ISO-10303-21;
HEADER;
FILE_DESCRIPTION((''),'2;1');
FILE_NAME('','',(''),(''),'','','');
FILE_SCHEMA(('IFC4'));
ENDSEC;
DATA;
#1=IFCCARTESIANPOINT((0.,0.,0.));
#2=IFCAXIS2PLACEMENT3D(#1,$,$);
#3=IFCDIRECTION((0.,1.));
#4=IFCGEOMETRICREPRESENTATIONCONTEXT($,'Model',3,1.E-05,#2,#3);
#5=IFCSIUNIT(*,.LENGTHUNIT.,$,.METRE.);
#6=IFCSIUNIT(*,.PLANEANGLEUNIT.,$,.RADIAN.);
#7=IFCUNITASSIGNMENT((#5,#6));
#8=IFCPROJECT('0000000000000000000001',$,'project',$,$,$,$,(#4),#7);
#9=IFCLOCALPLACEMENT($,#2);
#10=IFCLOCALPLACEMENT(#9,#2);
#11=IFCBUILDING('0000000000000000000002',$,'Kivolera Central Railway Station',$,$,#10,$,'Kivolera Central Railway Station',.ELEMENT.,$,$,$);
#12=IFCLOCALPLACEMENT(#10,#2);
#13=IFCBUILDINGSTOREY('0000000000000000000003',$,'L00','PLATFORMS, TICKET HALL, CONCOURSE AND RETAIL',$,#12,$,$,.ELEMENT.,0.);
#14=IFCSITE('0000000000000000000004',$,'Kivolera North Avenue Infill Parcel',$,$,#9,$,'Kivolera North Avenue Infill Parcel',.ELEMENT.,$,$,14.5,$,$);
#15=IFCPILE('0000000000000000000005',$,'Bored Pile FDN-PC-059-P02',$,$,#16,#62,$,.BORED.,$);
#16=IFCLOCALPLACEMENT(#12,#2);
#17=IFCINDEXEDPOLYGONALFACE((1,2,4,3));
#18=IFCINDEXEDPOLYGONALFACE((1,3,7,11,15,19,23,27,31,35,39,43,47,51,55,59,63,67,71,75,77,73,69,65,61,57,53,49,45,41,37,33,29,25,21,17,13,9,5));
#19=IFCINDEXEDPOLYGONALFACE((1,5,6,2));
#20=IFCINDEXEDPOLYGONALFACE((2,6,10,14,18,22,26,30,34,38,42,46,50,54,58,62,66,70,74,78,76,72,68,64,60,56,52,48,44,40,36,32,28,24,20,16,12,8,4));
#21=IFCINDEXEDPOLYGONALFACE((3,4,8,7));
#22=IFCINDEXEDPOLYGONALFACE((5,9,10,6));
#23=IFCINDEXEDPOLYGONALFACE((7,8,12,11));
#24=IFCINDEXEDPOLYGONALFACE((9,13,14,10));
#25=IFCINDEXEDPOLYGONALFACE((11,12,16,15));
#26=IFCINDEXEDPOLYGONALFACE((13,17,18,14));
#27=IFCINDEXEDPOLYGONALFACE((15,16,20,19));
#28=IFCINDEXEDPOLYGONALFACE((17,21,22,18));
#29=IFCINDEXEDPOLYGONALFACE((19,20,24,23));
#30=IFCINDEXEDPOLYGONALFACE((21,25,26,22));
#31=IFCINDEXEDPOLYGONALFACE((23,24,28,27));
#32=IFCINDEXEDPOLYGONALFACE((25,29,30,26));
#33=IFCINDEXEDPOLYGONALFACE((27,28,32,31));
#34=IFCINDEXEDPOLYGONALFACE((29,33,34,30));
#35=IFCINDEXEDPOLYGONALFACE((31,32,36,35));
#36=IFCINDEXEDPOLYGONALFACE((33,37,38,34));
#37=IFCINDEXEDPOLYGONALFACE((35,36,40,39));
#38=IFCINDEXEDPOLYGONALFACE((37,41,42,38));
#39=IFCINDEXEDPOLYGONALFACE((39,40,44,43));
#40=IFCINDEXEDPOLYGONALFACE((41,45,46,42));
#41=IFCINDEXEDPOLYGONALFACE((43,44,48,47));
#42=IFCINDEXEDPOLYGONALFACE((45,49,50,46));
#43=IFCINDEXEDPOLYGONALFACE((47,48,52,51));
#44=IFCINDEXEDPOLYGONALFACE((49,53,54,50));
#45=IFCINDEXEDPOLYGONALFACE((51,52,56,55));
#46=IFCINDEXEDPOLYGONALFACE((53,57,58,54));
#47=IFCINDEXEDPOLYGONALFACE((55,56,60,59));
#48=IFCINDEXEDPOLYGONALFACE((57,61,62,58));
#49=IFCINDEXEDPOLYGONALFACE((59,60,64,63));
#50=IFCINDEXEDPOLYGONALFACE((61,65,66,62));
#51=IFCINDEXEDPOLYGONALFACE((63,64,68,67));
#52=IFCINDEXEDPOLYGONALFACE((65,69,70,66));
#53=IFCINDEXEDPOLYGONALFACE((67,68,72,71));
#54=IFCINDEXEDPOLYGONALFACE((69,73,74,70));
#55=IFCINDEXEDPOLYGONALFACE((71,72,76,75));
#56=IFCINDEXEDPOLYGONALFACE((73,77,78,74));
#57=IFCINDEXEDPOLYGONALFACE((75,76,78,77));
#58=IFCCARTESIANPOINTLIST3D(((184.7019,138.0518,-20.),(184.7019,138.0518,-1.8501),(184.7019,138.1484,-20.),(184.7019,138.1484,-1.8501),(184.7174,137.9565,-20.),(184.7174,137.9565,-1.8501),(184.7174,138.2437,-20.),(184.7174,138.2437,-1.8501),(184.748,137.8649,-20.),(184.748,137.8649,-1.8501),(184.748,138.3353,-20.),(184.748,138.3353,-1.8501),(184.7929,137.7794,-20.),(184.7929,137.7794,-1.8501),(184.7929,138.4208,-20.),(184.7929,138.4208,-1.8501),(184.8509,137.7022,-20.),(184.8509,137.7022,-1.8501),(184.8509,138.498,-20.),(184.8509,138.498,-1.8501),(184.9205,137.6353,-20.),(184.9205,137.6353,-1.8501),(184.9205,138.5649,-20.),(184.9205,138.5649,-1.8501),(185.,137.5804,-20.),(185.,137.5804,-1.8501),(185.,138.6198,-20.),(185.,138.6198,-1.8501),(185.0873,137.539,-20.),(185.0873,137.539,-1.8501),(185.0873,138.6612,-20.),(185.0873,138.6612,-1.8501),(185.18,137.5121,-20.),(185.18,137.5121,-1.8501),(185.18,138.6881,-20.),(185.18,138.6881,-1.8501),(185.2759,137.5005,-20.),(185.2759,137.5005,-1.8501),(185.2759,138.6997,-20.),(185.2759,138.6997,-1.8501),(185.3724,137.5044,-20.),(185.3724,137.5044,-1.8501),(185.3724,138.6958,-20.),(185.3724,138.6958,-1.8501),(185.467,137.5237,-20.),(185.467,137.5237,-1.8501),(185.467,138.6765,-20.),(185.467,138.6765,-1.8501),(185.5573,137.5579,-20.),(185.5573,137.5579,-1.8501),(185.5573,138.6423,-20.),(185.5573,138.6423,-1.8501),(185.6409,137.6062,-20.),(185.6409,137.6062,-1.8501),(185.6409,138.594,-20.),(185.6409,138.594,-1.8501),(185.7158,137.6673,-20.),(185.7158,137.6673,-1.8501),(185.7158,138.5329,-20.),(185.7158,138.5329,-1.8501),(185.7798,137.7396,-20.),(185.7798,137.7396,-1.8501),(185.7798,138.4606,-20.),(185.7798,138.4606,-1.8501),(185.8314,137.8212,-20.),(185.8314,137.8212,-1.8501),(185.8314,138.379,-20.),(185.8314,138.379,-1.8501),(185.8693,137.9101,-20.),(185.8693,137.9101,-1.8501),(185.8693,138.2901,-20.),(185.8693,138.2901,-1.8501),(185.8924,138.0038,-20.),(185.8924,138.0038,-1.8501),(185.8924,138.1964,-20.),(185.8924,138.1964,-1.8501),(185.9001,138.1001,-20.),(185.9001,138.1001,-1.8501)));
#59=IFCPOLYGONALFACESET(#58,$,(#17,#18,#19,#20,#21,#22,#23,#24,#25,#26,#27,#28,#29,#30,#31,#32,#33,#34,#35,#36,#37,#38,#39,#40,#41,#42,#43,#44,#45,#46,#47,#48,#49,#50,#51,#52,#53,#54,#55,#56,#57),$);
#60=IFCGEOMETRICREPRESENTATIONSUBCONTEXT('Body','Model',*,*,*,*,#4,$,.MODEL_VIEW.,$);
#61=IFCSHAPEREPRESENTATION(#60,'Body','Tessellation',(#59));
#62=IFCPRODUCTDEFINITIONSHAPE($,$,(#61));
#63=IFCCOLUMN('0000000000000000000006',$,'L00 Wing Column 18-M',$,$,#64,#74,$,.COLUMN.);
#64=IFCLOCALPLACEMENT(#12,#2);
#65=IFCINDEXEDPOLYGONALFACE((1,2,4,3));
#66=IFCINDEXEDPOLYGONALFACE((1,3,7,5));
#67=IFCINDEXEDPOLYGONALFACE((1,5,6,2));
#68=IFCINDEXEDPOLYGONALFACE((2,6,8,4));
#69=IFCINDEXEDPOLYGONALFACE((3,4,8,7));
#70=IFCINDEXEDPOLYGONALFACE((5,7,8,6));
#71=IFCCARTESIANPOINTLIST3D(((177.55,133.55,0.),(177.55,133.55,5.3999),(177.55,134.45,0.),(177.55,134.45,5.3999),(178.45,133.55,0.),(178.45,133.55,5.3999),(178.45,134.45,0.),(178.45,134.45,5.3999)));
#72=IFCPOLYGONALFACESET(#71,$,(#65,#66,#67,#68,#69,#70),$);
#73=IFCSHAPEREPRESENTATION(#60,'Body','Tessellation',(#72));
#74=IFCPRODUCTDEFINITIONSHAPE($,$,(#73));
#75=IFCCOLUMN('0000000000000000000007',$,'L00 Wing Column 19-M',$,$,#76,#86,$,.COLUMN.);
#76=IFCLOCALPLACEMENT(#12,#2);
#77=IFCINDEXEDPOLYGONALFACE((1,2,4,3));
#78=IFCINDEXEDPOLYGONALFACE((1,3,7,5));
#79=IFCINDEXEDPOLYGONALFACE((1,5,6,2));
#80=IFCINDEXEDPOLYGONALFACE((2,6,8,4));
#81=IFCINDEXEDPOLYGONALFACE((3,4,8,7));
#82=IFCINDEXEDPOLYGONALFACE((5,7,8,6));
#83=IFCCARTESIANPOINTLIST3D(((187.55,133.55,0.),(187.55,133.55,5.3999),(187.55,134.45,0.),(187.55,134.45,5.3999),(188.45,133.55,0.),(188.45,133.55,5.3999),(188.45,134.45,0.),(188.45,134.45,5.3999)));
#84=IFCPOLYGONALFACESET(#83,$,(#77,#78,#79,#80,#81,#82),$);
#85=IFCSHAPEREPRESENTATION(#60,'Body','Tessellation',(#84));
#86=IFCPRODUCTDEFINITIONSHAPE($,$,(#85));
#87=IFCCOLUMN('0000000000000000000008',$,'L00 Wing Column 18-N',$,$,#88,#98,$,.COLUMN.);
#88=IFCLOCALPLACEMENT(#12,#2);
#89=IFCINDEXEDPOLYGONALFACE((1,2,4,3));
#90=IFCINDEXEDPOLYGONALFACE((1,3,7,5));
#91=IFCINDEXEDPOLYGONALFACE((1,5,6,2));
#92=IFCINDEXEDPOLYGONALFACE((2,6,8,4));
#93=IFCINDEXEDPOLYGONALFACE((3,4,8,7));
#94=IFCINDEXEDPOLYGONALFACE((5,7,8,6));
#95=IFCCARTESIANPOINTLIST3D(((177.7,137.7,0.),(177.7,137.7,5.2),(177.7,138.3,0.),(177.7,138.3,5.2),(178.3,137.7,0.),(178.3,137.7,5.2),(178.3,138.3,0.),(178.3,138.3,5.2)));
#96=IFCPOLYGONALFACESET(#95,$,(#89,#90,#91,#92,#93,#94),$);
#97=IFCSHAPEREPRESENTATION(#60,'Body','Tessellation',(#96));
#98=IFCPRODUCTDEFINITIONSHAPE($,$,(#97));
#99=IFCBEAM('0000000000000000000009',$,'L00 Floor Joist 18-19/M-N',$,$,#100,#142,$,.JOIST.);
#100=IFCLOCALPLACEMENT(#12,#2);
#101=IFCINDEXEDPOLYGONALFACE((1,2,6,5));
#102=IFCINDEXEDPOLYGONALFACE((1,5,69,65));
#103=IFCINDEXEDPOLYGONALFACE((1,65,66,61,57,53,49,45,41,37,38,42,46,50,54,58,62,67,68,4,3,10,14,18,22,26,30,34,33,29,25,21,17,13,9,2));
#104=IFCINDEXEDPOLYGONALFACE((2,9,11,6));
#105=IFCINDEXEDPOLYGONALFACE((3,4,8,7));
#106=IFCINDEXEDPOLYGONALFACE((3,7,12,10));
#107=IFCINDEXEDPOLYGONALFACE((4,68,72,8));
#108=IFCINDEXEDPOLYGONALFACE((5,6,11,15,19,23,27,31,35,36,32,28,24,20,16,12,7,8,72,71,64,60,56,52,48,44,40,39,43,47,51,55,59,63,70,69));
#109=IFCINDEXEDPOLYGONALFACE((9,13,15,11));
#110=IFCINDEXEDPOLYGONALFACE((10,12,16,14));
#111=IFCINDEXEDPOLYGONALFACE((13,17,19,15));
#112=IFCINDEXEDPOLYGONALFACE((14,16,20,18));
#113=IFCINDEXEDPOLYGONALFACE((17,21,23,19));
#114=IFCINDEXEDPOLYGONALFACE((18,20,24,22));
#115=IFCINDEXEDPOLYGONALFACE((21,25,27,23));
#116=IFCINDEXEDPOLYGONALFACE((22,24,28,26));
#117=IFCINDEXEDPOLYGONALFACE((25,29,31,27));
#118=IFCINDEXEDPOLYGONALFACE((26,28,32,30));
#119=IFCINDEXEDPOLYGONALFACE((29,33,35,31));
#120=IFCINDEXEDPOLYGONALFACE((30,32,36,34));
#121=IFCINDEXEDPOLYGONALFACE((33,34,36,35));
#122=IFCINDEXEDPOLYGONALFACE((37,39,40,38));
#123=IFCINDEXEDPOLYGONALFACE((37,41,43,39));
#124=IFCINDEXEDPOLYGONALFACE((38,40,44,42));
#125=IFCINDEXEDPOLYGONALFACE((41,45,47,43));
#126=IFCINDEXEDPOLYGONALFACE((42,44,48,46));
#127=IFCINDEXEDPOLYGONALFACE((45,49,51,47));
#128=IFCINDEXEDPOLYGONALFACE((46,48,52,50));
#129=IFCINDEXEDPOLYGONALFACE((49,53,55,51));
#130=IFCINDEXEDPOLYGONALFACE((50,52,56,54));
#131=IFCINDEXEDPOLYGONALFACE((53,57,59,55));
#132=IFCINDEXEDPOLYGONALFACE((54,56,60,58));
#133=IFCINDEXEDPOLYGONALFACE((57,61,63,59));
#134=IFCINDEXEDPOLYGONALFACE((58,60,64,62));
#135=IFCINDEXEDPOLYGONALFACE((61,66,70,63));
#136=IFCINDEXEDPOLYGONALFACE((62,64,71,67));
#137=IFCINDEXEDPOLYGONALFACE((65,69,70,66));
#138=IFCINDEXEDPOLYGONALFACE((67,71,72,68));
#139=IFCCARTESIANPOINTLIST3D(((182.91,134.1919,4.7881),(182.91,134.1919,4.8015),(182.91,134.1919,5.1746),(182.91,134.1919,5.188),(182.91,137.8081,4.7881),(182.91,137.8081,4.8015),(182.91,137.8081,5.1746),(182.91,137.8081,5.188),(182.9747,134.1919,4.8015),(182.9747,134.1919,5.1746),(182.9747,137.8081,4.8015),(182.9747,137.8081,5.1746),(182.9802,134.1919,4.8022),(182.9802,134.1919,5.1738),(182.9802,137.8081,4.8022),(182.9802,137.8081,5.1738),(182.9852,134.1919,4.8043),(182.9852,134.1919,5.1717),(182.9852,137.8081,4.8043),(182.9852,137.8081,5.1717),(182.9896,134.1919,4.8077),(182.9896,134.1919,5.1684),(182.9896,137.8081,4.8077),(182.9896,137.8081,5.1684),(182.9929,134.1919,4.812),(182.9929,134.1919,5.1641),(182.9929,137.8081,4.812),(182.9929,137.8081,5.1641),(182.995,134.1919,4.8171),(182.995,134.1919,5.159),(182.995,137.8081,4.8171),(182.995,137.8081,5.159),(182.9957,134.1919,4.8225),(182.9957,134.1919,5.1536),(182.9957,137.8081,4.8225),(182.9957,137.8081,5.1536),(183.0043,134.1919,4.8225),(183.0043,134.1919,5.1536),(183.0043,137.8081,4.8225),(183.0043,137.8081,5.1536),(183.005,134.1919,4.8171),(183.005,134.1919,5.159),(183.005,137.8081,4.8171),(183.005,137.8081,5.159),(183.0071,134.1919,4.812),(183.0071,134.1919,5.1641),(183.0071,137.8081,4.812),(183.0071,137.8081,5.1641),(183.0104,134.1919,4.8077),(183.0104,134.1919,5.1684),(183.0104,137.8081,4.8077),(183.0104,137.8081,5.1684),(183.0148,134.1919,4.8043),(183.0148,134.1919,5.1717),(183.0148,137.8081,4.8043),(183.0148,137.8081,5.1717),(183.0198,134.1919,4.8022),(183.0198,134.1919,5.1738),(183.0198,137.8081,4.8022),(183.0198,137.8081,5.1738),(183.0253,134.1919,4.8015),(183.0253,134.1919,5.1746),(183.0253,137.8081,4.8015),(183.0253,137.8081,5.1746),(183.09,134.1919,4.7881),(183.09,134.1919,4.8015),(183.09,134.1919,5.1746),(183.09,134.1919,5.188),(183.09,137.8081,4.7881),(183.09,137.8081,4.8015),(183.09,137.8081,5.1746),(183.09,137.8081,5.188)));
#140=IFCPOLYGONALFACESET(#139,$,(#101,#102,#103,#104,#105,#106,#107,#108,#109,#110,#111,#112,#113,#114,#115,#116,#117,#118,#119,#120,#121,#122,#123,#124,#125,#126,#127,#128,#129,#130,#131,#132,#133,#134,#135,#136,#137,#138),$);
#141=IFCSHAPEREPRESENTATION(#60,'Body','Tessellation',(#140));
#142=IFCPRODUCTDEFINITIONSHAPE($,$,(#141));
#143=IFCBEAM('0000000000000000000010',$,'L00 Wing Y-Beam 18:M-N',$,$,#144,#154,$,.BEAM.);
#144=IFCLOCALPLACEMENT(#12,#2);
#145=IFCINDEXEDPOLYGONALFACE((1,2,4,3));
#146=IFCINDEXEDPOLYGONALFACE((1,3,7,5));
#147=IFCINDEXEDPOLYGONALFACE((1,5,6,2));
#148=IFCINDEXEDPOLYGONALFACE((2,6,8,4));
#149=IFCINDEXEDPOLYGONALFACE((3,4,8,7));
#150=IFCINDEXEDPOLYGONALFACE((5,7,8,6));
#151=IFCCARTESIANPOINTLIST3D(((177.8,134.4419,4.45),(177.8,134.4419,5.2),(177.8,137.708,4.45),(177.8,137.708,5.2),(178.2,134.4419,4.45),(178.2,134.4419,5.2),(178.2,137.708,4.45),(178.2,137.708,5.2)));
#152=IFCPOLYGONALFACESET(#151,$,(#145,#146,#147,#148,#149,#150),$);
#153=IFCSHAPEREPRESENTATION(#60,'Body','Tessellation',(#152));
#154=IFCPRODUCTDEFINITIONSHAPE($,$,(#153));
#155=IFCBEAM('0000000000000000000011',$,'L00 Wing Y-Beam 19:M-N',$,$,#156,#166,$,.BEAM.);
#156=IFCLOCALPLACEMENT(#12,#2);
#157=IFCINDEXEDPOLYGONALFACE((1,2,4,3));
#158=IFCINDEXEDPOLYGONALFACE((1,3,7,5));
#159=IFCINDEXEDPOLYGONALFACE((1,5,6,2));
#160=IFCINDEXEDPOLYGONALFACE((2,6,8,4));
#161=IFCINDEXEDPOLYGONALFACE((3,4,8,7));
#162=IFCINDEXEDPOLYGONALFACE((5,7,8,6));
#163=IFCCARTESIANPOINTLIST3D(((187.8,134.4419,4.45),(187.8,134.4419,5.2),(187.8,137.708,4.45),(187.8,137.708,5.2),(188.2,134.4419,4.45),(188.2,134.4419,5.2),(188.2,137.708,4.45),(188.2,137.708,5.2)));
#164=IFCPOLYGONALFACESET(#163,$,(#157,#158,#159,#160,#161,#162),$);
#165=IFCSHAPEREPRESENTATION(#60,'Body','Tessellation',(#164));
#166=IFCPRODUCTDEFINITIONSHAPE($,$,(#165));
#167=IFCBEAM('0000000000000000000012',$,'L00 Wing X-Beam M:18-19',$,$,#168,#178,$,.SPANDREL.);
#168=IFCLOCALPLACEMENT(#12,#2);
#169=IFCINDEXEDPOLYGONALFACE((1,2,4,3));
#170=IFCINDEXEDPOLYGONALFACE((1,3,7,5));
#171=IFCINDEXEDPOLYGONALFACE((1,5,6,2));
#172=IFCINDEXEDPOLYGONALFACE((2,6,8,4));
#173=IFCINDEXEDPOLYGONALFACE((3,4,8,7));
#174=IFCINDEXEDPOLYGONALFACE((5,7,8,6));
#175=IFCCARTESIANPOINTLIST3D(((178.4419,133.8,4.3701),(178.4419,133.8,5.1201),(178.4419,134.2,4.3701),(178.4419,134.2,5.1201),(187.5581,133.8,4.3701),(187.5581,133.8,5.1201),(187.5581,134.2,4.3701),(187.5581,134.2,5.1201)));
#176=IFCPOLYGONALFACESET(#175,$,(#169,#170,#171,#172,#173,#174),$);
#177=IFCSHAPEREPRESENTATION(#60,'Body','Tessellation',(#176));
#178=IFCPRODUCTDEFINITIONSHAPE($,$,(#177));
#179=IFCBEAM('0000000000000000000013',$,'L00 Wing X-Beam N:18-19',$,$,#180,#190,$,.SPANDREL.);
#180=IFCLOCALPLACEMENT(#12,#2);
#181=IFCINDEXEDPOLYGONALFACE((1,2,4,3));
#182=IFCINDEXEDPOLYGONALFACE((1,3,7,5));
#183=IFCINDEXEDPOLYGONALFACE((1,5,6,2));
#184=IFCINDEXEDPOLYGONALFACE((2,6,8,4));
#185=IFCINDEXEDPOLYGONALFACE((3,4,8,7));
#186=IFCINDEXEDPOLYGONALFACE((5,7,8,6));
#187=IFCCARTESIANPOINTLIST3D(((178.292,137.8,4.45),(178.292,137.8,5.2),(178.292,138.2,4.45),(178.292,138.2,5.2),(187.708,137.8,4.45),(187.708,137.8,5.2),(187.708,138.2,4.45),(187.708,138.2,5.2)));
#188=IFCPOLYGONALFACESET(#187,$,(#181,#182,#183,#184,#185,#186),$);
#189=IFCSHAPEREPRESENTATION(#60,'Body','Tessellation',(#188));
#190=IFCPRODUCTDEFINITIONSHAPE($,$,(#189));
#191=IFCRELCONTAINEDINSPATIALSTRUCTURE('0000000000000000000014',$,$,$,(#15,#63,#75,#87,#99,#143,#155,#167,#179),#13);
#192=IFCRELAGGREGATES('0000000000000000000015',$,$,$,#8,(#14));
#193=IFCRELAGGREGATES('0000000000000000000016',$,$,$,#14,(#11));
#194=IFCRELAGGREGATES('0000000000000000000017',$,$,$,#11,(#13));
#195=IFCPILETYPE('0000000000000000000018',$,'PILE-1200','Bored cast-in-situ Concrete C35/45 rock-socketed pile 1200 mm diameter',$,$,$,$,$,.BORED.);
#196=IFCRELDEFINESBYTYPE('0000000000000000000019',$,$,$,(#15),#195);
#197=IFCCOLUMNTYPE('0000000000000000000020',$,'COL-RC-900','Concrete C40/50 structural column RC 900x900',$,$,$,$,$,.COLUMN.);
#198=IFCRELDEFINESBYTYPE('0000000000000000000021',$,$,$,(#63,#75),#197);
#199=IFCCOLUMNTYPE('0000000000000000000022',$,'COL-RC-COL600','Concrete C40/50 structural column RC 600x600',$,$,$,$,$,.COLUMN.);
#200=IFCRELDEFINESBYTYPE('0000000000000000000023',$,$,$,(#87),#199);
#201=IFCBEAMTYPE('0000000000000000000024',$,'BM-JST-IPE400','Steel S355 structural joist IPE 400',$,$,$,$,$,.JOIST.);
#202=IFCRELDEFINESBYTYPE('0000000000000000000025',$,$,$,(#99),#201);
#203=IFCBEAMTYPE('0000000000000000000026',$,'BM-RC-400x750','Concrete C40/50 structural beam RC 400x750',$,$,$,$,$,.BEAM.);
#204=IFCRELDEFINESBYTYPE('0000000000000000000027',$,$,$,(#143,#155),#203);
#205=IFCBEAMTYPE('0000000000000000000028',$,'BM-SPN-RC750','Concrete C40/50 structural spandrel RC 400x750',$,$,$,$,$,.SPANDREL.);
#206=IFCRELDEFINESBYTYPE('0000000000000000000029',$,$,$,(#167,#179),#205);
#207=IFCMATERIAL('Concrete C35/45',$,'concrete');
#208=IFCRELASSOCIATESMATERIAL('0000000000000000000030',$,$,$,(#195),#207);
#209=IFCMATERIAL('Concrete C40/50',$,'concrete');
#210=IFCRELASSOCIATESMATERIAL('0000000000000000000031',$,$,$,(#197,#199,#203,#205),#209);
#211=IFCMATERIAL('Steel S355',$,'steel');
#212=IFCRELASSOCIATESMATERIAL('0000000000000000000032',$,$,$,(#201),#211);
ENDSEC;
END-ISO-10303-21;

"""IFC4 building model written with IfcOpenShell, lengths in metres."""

from ifc_helpers import new_model, si_unit, direction, frame, origin, origin_2d, place, context, subcontext, project, spatial, rectangle, circle, i_section, extrude, material, material_profile, profile_set, type_object, element, save


model = new_model("IFC4")

# Units and contexts
model_context = context("Model", 3, precision=1e-05, world=origin(), true_north=direction((0.0, 1.0)))
body_context = subcontext(model_context, "Body", "Model", "MODEL_VIEW")
ifc_project = project(units=[si_unit("LENGTHUNIT", "METRE"), si_unit("PLANEANGLEUNIT", "RADIAN")], contexts=[model_context])

# Site, building, storey
site_placement = place(None, origin())
site = spatial("IfcSite", under=ifc_project, at=site_placement, Name="Kivolera North Avenue Infill Parcel", LongName="Kivolera North Avenue Infill Parcel", CompositionType="ELEMENT", RefElevation=14.5)
building_placement = place(site_placement, origin())
building = spatial("IfcBuilding", under=site, at=building_placement, Name="Kivolera Central Railway Station", LongName="Kivolera Central Railway Station", CompositionType="ELEMENT")
storey_placement = place(building_placement, origin())
storey = spatial("IfcBuildingStorey", under=building, at=storey_placement, Name="L00", Description="PLATFORMS, TICKET HALL, CONCOURSE AND RETAIL", CompositionType="ELEMENT", Elevation=0.0)

# Shared definitions
ifc_material_1 = material(Name="Concrete C35/45", Category="concrete")

# Pile
ifc_material_profile_1 = material_profile(ifc_material_1, circle(Radius=0.6001, at=origin_2d()), Name="PILE D1200")
ifc_profile_set_1 = profile_set([ifc_material_profile_1], Name="Concrete C35/45")
pile_type = type_object("IfcPileType", Name="PILE-1200", Description="Bored cast-in-situ Concrete C35/45 rock-socketed pile 1200 mm diameter", PredefinedType="BORED", material=ifc_profile_set_1)
for number, where, z_axis, x_axis, name in (
    (1, (185.3, 138.1001, -1.8501), (0.0, 0.0, -1.0), (1.0, 0.0, 0.0), "Bored Pile FDN-PC-059-P02"),
):
    element("IfcPile", number, at=place(storey_placement, frame(where, z_axis=z_axis, x_axis=x_axis)), inside=storey, type_object=pile_type, Name=name, PredefinedType="BORED", context=body_context, shape_type="SweptSolid", body=[
        extrude(circle(Radius=0.6001, at=origin_2d()), origin(), (0.0, 0.0, 1.0), 18.1499),
    ])

# Columns
ifc_material_2 = material(Name="Concrete C40/50", Category="concrete")
ifc_material_profile_2 = material_profile(ifc_material_2, rectangle(XDim=0.8999, YDim=0.8999, at=origin_2d()), Name="RC 900x900")
ifc_profile_set_2 = profile_set([ifc_material_profile_2], Name="Concrete C40/50")
column_type_1 = type_object("IfcColumnType", Name="COL-RC-900", Description="Concrete C40/50 structural column RC 900x900", PredefinedType="COLUMN", material=ifc_profile_set_2)
for number, where, z_axis, x_axis, name in (
    (2, (178.0, 134.0, 0.0), (0.0, 0.0, 1.0), (1.0, 0.0, 0.0), "L00 Wing Column 18-M"),
    (3, (188.0, 134.0, 0.0), (0.0, 0.0, 1.0), (1.0, 0.0, 0.0), "L00 Wing Column 19-M"),
):
    element("IfcColumn", number, at=place(storey_placement, frame(where, z_axis=z_axis, x_axis=x_axis)), inside=storey, type_object=column_type_1, Name=name, PredefinedType="COLUMN", context=body_context, shape_type="SweptSolid", body=[
        extrude(rectangle(XDim=0.8999, YDim=0.8999, at=origin_2d()), origin(), (0.0, 0.0, 1.0), 5.3999),
    ])
ifc_material_profile_3 = material_profile(ifc_material_2, rectangle(XDim=0.6001, YDim=0.6001, at=origin_2d()), Name="RC 600x600")
ifc_profile_set_3 = profile_set([ifc_material_profile_3], Name="Concrete C40/50")
column_type_2 = type_object("IfcColumnType", Name="COL-RC-COL600", Description="Concrete C40/50 structural column RC 600x600", PredefinedType="COLUMN", material=ifc_profile_set_3)
column_placement = place(storey_placement, frame((178.0, 138.0, 0.0), z_axis=(0.0, 0.0, 1.0), x_axis=(1.0, 0.0, 0.0)))
element("IfcColumn", 4, at=column_placement, inside=storey, type_object=column_type_2, Name="L00 Wing Column 18-N", PredefinedType="COLUMN", context=body_context, shape_type="SweptSolid", body=[
    extrude(rectangle(XDim=0.6001, YDim=0.6001, at=origin_2d()), origin(), (0.0, 0.0, 1.0), 5.2),
])

# Beams
ifc_material_3 = material(Name="Steel S355", Category="steel")
ifc_material_profile_4 = material_profile(ifc_material_3, i_section(OverallWidth=0.1799, OverallDepth=0.3999, WebThickness=0.0085, FlangeThickness=0.0134, FilletRadius=0.021, at=origin_2d()), Name="IPE 400")
ifc_profile_set_4 = profile_set([ifc_material_profile_4], Name="Steel S355")
beam_type_1 = type_object("IfcBeamType", Name="BM-JST-IPE400", Description="Steel S355 structural joist IPE 400", PredefinedType="JOIST", material=ifc_profile_set_4)
beam_1_placement = place(storey_placement, frame((183.0, 134.1919, 4.988), z_axis=(0.0, 1.0, 0.0), x_axis=(-1.0, 0.0, 0.0)))
element("IfcBeam", 5, at=beam_1_placement, inside=storey, type_object=beam_type_1, Name="L00 Floor Joist 18-19/M-N", PredefinedType="JOIST", context=body_context, shape_type="SweptSolid", body=[
    extrude(i_section(OverallWidth=0.1799, OverallDepth=0.3999, WebThickness=0.0085, FlangeThickness=0.0134, FilletRadius=0.021, at=origin_2d()), origin(), (0.0, 0.0, 1.0), 3.6162),
])
ifc_material_profile_5 = material_profile(ifc_material_2, rectangle(XDim=0.3999, YDim=0.75, at=origin_2d()), Name="RC 400x750")
ifc_profile_set_5 = profile_set([ifc_material_profile_5], Name="Concrete C40/50")
beam_type_2 = type_object("IfcBeamType", Name="BM-RC-400x750", Description="Concrete C40/50 structural beam RC 400x750", PredefinedType="BEAM", material=ifc_profile_set_5)
for number, where, z_axis, x_axis, name in (
    (6, (178.0, 134.4419, 4.825), (0.0, 1.0, 0.0), (-1.0, 0.0, 0.0), "L00 Wing Y-Beam 18:M-N"),
    (7, (188.0, 134.4419, 4.825), (0.0, 1.0, 0.0), (-1.0, 0.0, 0.0), "L00 Wing Y-Beam 19:M-N"),
):
    element("IfcBeam", number, at=place(storey_placement, frame(where, z_axis=z_axis, x_axis=x_axis)), inside=storey, type_object=beam_type_2, Name=name, PredefinedType="BEAM", context=body_context, shape_type="SweptSolid", body=[
        extrude(rectangle(XDim=0.3999, YDim=0.75, at=origin_2d()), origin(), (0.0, 0.0, 1.0), 3.2661),
    ])
ifc_material_profile_6 = material_profile(ifc_material_2, rectangle(XDim=0.3999, YDim=0.75, at=origin_2d()), Name="RC 400x750")
ifc_profile_set_6 = profile_set([ifc_material_profile_6], Name="Concrete C40/50")
beam_type_3 = type_object("IfcBeamType", Name="BM-SPN-RC750", Description="Concrete C40/50 structural spandrel RC 400x750", PredefinedType="SPANDREL", material=ifc_profile_set_6)
beam_2_placement = place(storey_placement, frame((178.4419, 134.0, 4.7451), z_axis=(1.0, 0.0, 0.0), x_axis=(0.0, 1.0, 0.0)))
element("IfcBeam", 8, at=beam_2_placement, inside=storey, type_object=beam_type_3, Name="L00 Wing X-Beam M:18-19", PredefinedType="SPANDREL", context=body_context, shape_type="SweptSolid", body=[
    extrude(rectangle(XDim=0.3999, YDim=0.75, at=origin_2d()), origin(), (0.0, 0.0, 1.0), 9.1162),
])
beam_3_placement = place(storey_placement, frame((178.292, 138.0, 4.825), z_axis=(1.0, 0.0, 0.0), x_axis=(0.0, 1.0, 0.0)))
element("IfcBeam", 9, at=beam_3_placement, inside=storey, type_object=beam_type_3, Name="L00 Wing X-Beam N:18-19", PredefinedType="SPANDREL", context=body_context, shape_type="SweptSolid", body=[
    extrude(rectangle(XDim=0.3999, YDim=0.75, at=origin_2d()), origin(), (0.0, 0.0, 1.0), 9.416),
])

save(model, "model.ifc")
